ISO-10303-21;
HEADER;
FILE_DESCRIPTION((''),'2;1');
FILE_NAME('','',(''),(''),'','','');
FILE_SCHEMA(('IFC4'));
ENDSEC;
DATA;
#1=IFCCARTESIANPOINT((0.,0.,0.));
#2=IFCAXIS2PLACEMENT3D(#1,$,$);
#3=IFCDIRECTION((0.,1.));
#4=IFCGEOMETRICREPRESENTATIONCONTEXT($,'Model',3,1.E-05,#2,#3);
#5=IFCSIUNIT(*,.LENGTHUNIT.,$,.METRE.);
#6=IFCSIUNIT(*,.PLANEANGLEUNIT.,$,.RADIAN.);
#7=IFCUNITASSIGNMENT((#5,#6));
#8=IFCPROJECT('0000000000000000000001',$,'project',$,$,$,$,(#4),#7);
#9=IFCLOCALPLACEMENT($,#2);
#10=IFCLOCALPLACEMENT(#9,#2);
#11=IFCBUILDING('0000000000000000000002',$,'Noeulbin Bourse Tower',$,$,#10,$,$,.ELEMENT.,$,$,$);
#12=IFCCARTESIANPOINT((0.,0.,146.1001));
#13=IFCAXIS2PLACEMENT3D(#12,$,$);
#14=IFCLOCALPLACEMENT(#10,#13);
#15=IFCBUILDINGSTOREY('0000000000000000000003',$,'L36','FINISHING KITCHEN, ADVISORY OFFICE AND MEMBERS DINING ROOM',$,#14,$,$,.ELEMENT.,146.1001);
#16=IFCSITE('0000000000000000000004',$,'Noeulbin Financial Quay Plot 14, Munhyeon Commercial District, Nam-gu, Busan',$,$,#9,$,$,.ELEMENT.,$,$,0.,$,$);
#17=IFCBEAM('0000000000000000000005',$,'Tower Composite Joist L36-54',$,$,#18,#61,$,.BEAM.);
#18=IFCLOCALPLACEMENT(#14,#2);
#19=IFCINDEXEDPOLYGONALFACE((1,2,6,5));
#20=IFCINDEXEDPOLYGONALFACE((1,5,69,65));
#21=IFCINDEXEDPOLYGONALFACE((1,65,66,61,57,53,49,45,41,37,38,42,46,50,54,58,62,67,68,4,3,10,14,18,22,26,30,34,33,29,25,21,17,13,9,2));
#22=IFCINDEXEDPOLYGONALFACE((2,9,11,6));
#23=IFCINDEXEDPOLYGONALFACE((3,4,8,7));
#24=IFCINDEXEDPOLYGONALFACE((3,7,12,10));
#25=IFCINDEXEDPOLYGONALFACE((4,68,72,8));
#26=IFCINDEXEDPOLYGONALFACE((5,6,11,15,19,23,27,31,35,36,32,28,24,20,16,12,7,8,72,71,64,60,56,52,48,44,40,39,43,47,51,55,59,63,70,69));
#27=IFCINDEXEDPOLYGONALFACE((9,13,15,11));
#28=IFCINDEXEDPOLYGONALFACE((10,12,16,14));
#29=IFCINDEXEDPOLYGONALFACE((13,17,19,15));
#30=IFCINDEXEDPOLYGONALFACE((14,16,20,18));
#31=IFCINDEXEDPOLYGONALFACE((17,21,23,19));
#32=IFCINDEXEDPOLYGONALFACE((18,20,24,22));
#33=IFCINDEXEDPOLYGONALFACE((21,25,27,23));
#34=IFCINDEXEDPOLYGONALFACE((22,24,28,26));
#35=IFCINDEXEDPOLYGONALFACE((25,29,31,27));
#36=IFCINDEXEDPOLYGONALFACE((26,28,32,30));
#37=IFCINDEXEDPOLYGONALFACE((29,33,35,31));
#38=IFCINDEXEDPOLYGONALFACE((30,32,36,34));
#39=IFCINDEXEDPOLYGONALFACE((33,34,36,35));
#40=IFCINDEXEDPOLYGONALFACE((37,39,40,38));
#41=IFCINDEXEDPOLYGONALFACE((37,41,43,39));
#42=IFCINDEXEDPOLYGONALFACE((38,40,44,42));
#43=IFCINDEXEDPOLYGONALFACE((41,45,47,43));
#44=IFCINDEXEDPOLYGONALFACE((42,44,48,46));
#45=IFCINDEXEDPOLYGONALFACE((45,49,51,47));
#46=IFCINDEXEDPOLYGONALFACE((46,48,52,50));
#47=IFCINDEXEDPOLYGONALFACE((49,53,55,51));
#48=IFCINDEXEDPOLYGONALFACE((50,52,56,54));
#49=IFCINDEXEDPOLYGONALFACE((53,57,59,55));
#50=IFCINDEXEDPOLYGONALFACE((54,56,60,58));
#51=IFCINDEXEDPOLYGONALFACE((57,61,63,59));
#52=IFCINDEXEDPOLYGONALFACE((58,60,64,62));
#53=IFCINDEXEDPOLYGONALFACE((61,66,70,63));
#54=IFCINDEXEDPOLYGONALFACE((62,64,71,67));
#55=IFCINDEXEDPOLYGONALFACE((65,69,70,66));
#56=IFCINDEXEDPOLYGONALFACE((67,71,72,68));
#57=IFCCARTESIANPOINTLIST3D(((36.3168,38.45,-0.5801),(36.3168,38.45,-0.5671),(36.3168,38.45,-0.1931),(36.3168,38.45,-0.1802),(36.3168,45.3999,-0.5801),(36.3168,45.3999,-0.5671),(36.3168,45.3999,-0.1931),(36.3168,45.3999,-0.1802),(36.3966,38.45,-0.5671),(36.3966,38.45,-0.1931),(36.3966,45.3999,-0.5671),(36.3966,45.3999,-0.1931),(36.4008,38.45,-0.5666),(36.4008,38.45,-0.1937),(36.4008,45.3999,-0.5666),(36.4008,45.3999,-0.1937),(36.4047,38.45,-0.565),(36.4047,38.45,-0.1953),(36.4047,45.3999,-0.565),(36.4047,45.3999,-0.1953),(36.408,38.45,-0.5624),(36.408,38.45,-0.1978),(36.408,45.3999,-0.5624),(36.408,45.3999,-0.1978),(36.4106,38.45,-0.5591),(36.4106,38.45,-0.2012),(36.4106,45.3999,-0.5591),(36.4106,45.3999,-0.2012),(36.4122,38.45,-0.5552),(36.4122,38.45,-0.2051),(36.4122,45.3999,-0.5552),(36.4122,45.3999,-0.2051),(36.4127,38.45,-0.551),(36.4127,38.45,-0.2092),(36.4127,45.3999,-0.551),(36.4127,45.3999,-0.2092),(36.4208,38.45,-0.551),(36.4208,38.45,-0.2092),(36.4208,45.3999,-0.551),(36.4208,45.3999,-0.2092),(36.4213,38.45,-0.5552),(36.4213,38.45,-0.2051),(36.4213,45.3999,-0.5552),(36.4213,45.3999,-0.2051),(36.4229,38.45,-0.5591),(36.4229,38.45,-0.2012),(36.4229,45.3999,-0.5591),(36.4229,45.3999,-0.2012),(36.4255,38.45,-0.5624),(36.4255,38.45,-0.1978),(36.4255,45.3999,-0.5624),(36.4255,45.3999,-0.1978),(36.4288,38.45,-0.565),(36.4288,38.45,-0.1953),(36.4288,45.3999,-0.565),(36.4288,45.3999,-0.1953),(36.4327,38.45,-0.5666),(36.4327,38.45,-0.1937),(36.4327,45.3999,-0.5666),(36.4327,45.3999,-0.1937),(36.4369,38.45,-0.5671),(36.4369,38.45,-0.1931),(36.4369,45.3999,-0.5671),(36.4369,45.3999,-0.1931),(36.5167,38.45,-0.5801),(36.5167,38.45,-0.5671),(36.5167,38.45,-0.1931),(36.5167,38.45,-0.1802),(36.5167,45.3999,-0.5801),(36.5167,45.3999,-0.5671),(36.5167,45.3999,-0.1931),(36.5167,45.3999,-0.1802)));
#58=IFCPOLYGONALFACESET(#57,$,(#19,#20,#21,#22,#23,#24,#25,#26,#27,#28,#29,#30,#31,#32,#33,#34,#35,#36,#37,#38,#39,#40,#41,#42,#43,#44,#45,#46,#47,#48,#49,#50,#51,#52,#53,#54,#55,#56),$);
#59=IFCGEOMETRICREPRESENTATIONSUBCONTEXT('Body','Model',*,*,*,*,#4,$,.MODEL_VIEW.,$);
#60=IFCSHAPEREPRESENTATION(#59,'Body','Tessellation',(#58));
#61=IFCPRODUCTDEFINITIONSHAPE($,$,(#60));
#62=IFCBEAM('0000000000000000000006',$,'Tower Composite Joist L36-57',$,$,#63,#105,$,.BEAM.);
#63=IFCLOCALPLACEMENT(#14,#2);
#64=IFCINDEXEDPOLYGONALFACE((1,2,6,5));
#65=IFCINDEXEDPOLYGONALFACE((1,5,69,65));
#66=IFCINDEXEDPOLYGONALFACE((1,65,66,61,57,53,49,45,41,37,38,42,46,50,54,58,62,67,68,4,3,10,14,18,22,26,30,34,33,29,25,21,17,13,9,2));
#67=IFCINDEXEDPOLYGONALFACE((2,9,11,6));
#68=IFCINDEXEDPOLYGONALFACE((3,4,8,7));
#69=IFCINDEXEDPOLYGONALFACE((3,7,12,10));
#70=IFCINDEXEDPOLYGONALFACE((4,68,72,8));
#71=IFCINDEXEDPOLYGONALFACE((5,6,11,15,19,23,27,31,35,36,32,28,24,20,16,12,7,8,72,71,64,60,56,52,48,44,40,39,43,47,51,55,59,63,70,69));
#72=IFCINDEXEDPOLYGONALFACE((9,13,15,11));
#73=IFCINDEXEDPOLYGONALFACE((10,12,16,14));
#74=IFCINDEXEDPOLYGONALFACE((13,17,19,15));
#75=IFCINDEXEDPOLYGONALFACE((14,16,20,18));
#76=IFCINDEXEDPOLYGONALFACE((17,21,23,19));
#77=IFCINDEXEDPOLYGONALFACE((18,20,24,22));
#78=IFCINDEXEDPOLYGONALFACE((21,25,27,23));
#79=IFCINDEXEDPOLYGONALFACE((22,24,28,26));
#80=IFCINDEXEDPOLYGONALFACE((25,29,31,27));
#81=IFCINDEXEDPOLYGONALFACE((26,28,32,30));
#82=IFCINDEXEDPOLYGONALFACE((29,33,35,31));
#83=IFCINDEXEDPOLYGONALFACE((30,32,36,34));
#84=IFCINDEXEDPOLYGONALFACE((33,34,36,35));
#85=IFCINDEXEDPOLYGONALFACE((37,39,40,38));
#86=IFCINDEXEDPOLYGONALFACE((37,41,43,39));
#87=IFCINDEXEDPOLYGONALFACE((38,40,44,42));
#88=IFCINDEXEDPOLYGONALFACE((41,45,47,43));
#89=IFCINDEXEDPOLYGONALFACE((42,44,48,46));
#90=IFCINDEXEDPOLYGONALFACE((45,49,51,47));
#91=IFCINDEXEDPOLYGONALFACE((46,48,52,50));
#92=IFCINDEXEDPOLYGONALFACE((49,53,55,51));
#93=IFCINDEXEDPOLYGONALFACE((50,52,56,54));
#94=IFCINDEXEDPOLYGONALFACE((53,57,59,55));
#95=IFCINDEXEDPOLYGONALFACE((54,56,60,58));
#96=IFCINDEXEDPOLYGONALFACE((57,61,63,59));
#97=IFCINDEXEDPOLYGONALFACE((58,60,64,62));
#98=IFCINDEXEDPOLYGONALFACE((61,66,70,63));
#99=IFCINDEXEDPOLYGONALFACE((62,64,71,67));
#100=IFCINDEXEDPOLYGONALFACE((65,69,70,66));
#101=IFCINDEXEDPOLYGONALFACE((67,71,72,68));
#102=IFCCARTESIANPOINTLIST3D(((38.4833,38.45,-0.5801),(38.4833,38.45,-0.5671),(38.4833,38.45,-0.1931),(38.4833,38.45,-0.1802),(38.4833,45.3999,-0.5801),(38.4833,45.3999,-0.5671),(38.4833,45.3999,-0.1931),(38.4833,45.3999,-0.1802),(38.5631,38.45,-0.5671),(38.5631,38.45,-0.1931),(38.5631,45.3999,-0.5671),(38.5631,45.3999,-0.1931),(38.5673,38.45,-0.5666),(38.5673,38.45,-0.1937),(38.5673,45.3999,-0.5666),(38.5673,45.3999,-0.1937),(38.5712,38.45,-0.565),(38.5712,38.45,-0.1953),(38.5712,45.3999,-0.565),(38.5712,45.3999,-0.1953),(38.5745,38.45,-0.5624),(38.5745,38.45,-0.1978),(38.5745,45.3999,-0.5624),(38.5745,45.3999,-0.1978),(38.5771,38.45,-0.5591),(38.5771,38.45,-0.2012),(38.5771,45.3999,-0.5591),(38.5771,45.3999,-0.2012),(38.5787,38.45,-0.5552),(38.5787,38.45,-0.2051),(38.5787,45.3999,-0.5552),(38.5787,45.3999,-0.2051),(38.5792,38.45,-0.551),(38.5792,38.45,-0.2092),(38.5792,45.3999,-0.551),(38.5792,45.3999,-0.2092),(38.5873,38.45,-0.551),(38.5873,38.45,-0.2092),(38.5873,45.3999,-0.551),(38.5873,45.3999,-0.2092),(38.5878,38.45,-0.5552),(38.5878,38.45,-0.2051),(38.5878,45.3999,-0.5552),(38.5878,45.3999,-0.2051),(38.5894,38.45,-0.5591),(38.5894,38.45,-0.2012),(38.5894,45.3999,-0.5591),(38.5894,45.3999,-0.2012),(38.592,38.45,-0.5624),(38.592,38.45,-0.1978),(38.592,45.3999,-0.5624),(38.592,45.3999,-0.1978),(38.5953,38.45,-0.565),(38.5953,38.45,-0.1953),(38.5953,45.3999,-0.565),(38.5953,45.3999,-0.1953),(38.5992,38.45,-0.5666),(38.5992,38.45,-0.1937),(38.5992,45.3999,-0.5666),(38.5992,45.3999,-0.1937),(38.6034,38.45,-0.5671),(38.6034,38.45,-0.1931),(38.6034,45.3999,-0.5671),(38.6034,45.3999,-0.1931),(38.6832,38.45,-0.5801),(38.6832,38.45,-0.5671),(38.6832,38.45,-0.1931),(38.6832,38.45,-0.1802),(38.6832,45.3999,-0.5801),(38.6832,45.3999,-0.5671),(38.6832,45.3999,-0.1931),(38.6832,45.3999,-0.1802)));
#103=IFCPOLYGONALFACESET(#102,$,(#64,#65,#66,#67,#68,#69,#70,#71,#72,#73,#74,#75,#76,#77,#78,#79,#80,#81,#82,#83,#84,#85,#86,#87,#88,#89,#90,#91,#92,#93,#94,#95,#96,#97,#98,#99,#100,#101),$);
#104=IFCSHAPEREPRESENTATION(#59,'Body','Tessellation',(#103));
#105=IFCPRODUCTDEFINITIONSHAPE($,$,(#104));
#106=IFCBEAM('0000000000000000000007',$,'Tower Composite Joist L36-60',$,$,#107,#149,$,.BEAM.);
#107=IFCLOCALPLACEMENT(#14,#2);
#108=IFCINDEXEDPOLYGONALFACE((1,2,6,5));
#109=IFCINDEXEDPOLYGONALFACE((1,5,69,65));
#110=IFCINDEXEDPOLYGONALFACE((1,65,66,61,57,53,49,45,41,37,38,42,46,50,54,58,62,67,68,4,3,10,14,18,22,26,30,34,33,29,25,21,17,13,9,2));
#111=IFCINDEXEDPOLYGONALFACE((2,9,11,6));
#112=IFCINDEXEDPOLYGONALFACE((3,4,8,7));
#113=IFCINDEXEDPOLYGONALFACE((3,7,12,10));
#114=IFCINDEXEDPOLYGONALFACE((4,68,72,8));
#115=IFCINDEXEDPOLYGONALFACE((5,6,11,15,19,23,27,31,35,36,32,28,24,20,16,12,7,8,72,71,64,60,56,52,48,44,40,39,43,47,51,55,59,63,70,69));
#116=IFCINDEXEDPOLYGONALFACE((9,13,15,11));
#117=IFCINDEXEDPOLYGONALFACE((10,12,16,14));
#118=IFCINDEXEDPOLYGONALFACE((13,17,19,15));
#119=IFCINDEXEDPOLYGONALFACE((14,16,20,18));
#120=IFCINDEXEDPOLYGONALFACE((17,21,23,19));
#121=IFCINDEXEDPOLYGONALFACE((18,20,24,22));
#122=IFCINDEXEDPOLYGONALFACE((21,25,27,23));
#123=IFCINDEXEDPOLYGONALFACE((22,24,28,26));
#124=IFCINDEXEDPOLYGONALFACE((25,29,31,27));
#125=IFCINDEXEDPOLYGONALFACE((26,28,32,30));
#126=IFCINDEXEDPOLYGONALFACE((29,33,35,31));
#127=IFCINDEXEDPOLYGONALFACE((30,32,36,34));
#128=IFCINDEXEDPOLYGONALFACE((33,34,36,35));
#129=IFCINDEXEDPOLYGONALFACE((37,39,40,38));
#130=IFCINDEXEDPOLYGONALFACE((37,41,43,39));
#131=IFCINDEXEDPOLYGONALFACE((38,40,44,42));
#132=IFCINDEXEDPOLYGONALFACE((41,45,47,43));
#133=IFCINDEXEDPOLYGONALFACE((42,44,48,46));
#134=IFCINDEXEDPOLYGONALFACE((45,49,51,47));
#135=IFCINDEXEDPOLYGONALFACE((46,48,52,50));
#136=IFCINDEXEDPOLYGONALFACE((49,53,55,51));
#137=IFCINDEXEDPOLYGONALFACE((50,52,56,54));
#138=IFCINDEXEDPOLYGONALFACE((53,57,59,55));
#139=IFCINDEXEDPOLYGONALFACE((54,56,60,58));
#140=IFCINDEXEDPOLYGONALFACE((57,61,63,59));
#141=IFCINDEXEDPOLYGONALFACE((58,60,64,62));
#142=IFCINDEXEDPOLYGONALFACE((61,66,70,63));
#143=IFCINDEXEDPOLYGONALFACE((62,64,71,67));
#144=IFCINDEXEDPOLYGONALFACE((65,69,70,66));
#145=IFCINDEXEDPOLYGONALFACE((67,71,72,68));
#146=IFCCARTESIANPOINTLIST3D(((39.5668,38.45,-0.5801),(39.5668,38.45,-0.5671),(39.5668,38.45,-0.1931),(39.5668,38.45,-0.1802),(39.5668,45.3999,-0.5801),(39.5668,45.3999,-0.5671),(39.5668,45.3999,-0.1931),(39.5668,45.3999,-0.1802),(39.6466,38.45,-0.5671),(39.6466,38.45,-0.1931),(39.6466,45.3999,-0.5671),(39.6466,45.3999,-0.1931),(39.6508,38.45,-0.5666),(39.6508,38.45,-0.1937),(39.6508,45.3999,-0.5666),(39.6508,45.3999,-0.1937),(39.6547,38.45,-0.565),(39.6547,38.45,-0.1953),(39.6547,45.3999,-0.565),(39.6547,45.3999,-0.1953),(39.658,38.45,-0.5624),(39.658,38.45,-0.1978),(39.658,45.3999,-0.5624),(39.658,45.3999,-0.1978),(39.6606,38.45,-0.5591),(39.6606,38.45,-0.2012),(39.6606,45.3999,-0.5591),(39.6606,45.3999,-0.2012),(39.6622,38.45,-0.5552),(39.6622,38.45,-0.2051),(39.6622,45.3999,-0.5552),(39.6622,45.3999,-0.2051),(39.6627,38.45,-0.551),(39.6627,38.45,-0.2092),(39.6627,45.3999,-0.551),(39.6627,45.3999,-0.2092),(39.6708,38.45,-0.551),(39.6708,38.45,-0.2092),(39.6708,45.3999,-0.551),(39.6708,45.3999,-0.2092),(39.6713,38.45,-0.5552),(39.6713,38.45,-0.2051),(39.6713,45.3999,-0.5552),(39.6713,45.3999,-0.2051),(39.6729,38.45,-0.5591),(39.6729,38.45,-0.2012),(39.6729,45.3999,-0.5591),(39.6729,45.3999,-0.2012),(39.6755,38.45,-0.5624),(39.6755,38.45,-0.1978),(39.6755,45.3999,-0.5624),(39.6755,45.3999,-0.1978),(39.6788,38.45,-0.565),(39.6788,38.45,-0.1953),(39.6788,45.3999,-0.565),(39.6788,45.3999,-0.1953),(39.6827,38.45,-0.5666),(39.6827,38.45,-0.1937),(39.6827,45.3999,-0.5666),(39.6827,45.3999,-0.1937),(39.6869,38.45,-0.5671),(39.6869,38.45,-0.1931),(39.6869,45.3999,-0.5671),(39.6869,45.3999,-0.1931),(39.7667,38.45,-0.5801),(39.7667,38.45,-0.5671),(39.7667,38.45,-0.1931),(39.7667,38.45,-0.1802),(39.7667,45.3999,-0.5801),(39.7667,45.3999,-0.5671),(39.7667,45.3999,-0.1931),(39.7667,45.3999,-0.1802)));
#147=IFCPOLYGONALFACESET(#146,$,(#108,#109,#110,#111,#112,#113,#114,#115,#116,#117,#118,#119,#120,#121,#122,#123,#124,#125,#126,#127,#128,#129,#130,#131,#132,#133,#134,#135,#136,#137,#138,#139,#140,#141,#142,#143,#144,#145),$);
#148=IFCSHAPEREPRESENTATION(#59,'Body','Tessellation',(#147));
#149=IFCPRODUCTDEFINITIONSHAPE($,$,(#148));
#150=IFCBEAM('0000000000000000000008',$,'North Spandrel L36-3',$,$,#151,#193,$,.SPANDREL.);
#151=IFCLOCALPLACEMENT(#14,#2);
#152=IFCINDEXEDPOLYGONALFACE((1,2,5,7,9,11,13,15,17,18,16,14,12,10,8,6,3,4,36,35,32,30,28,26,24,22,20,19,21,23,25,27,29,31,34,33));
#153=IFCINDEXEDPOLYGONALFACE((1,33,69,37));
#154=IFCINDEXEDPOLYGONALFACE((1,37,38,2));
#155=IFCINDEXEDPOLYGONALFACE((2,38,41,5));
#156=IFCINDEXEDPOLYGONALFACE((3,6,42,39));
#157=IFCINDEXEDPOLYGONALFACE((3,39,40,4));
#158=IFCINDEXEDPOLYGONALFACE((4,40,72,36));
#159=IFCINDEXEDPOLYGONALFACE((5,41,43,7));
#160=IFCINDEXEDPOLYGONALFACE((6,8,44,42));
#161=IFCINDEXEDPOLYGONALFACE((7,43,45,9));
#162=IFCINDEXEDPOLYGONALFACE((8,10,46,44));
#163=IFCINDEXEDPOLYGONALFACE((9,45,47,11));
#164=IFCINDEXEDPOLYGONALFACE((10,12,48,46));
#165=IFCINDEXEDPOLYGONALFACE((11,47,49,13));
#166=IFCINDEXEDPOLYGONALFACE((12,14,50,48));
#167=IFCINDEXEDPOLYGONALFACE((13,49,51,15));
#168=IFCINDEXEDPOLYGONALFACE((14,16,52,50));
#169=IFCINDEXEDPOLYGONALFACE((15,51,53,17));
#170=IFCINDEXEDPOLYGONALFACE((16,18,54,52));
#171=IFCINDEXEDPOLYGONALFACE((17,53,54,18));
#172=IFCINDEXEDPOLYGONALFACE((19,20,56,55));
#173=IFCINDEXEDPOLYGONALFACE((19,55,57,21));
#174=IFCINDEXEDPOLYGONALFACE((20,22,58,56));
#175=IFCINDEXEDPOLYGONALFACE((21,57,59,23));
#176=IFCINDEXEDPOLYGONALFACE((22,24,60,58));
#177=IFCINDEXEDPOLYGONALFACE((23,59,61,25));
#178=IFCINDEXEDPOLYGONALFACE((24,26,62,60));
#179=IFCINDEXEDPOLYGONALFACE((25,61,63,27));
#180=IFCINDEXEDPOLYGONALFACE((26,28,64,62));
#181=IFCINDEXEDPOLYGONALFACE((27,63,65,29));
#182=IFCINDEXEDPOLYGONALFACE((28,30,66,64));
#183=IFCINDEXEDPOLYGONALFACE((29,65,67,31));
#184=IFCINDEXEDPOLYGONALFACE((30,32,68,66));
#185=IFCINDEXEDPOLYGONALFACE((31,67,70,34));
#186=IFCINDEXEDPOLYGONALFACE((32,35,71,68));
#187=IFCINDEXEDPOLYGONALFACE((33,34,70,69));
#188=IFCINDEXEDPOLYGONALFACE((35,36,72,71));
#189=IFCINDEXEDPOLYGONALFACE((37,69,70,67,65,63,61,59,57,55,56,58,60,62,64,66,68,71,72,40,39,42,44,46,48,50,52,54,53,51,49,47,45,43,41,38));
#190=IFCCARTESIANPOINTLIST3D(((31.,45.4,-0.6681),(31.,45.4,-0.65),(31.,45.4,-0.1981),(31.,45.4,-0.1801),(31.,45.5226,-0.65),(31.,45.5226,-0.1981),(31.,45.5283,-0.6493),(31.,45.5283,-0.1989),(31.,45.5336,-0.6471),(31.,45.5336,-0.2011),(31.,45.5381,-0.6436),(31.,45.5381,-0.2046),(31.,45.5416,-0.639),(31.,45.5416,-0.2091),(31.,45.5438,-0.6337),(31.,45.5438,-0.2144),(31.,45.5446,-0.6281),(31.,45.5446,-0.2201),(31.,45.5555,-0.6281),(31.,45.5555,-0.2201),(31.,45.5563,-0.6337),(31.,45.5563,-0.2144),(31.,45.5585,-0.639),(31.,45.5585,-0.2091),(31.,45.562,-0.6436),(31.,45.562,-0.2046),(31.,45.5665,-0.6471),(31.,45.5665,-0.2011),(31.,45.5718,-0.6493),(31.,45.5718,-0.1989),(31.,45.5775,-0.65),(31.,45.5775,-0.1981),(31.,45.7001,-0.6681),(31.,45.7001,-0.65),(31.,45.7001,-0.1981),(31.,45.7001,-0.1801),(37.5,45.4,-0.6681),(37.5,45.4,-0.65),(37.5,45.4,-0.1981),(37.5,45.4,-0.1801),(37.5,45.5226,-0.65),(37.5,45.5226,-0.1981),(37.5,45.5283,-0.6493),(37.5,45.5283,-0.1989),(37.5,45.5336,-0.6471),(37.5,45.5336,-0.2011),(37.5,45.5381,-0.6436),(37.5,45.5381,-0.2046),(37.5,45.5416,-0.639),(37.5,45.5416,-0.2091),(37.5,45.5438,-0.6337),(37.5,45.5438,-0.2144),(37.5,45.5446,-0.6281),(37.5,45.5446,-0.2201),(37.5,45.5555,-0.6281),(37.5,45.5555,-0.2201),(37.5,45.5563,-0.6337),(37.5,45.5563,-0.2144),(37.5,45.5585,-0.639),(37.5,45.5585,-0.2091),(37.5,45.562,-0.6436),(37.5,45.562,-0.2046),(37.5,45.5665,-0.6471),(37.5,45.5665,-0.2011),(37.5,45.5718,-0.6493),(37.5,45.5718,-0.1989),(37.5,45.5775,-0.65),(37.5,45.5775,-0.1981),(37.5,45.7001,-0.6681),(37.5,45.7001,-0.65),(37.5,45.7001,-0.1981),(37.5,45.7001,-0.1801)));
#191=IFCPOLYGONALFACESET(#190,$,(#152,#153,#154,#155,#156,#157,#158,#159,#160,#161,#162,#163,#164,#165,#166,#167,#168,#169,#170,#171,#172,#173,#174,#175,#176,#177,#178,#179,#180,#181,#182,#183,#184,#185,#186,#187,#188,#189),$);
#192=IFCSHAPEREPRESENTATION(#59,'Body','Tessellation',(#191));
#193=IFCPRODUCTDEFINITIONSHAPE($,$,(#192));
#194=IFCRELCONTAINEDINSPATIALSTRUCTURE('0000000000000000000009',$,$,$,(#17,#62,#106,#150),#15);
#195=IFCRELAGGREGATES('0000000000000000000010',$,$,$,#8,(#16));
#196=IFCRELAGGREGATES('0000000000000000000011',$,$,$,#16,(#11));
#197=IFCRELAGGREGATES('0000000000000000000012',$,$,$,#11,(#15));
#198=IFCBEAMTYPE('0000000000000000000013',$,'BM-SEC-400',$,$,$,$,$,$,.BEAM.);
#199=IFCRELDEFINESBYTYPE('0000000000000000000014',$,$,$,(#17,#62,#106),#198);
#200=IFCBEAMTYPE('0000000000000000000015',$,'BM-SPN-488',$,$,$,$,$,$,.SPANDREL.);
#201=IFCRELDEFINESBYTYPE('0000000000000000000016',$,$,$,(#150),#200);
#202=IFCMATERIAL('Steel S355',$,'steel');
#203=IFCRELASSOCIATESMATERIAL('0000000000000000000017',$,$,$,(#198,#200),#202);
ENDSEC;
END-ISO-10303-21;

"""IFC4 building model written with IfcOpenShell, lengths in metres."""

from ifc_helpers import new_model, si_unit, direction, frame, origin, origin_2d, place, context, subcontext, project, spatial, i_section, extrude, material, material_profile, profile_set, type_object, element, save


model = new_model("IFC4")

# Units and contexts
model_context = context("Model", 3, precision=1e-05, world=origin(), true_north=direction((0.0, 1.0)))
body_context = subcontext(model_context, "Body", "Model", "MODEL_VIEW")
ifc_project = project(units=[si_unit("LENGTHUNIT", "METRE"), si_unit("PLANEANGLEUNIT", "RADIAN")], contexts=[model_context])

# Site, building, storey
site_placement = place(None, origin())
site = spatial("IfcSite", under=ifc_project, at=site_placement, Name="Noeulbin Financial Quay Plot 14, Munhyeon Commercial District, Nam-gu, Busan", CompositionType="ELEMENT", RefElevation=0.0)
building_placement = place(site_placement, origin())
building = spatial("IfcBuilding", under=site, at=building_placement, Name="Noeulbin Bourse Tower", CompositionType="ELEMENT")
storey_placement = place(building_placement, frame((0.0, 0.0, 146.1001)))
storey = spatial("IfcBuildingStorey", under=building, at=storey_placement, Name="L36", Description="FINISHING KITCHEN, ADVISORY OFFICE AND MEMBERS DINING ROOM", CompositionType="ELEMENT", Elevation=146.1001)

# Shared definitions
ifc_material_1 = material(Name="Steel S355", Category="steel")

# Beams
ifc_material_profile_1 = material_profile(ifc_material_1, i_section(OverallWidth=0.2, OverallDepth=0.3999, WebThickness=0.0081, FlangeThickness=0.0129, FilletRadius=0.0161, at=origin_2d()), Name="H-400x200x8x13", Category="LoadBearing")
ifc_profile_set_1 = profile_set([ifc_material_profile_1], Name="Steel S355")
beam_type_1 = type_object("IfcBeamType", Name="BM-SEC-400", PredefinedType="BEAM", material=ifc_profile_set_1)
for number, where, z_axis, x_axis, name in (
    (1, (36.4167, 38.45, -0.3801), (0.0, 1.0, 0.0), (-1.0, 0.0, 0.0), "Tower Composite Joist L36-54"),
    (2, (38.5833, 38.45, -0.3801), (0.0, 1.0, 0.0), (-1.0, 0.0, 0.0), "Tower Composite Joist L36-57"),
    (3, (39.6667, 38.45, -0.3801), (0.0, 1.0, 0.0), (-1.0, 0.0, 0.0), "Tower Composite Joist L36-60"),
):
    element("IfcBeam", number, at=place(storey_placement, frame(where, z_axis=z_axis, x_axis=x_axis)), inside=storey, type_object=beam_type_1, Name=name, PredefinedType="BEAM", context=body_context, shape_type="SweptSolid", body=[
        extrude(i_section(OverallWidth=0.2, OverallDepth=0.3999, WebThickness=0.0081, FlangeThickness=0.0129, FilletRadius=0.0161, at=origin_2d()), origin(), (0.0, 0.0, 1.0), 6.95),
    ])
ifc_material_profile_2 = material_profile(ifc_material_1, i_section(OverallWidth=0.3, OverallDepth=0.488, WebThickness=0.011, FlangeThickness=0.0181, FilletRadius=0.022, at=origin_2d()), Name="H-488x300x11x18", Category="LoadBearing")
ifc_profile_set_2 = profile_set([ifc_material_profile_2], Name="Steel S355")
beam_type_2 = type_object("IfcBeamType", Name="BM-SPN-488", PredefinedType="SPANDREL", material=ifc_profile_set_2)
for number, where, z_axis, x_axis, name in (
    (4, (31.0, 45.55, -0.4241), (1.0, 0.0, 0.0), (0.0, 1.0, 0.0), "North Spandrel L36-3"),
):
    element("IfcBeam", number, at=place(storey_placement, frame(where, z_axis=z_axis, x_axis=x_axis)), inside=storey, type_object=beam_type_2, Name=name, PredefinedType="SPANDREL", context=body_context, shape_type="SweptSolid", body=[
        extrude(i_section(OverallWidth=0.3, OverallDepth=0.488, WebThickness=0.011, FlangeThickness=0.0181, FilletRadius=0.022, at=origin_2d()), origin(), (0.0, 0.0, 1.0), 6.5),
    ])

save(model, "model.ifc")
